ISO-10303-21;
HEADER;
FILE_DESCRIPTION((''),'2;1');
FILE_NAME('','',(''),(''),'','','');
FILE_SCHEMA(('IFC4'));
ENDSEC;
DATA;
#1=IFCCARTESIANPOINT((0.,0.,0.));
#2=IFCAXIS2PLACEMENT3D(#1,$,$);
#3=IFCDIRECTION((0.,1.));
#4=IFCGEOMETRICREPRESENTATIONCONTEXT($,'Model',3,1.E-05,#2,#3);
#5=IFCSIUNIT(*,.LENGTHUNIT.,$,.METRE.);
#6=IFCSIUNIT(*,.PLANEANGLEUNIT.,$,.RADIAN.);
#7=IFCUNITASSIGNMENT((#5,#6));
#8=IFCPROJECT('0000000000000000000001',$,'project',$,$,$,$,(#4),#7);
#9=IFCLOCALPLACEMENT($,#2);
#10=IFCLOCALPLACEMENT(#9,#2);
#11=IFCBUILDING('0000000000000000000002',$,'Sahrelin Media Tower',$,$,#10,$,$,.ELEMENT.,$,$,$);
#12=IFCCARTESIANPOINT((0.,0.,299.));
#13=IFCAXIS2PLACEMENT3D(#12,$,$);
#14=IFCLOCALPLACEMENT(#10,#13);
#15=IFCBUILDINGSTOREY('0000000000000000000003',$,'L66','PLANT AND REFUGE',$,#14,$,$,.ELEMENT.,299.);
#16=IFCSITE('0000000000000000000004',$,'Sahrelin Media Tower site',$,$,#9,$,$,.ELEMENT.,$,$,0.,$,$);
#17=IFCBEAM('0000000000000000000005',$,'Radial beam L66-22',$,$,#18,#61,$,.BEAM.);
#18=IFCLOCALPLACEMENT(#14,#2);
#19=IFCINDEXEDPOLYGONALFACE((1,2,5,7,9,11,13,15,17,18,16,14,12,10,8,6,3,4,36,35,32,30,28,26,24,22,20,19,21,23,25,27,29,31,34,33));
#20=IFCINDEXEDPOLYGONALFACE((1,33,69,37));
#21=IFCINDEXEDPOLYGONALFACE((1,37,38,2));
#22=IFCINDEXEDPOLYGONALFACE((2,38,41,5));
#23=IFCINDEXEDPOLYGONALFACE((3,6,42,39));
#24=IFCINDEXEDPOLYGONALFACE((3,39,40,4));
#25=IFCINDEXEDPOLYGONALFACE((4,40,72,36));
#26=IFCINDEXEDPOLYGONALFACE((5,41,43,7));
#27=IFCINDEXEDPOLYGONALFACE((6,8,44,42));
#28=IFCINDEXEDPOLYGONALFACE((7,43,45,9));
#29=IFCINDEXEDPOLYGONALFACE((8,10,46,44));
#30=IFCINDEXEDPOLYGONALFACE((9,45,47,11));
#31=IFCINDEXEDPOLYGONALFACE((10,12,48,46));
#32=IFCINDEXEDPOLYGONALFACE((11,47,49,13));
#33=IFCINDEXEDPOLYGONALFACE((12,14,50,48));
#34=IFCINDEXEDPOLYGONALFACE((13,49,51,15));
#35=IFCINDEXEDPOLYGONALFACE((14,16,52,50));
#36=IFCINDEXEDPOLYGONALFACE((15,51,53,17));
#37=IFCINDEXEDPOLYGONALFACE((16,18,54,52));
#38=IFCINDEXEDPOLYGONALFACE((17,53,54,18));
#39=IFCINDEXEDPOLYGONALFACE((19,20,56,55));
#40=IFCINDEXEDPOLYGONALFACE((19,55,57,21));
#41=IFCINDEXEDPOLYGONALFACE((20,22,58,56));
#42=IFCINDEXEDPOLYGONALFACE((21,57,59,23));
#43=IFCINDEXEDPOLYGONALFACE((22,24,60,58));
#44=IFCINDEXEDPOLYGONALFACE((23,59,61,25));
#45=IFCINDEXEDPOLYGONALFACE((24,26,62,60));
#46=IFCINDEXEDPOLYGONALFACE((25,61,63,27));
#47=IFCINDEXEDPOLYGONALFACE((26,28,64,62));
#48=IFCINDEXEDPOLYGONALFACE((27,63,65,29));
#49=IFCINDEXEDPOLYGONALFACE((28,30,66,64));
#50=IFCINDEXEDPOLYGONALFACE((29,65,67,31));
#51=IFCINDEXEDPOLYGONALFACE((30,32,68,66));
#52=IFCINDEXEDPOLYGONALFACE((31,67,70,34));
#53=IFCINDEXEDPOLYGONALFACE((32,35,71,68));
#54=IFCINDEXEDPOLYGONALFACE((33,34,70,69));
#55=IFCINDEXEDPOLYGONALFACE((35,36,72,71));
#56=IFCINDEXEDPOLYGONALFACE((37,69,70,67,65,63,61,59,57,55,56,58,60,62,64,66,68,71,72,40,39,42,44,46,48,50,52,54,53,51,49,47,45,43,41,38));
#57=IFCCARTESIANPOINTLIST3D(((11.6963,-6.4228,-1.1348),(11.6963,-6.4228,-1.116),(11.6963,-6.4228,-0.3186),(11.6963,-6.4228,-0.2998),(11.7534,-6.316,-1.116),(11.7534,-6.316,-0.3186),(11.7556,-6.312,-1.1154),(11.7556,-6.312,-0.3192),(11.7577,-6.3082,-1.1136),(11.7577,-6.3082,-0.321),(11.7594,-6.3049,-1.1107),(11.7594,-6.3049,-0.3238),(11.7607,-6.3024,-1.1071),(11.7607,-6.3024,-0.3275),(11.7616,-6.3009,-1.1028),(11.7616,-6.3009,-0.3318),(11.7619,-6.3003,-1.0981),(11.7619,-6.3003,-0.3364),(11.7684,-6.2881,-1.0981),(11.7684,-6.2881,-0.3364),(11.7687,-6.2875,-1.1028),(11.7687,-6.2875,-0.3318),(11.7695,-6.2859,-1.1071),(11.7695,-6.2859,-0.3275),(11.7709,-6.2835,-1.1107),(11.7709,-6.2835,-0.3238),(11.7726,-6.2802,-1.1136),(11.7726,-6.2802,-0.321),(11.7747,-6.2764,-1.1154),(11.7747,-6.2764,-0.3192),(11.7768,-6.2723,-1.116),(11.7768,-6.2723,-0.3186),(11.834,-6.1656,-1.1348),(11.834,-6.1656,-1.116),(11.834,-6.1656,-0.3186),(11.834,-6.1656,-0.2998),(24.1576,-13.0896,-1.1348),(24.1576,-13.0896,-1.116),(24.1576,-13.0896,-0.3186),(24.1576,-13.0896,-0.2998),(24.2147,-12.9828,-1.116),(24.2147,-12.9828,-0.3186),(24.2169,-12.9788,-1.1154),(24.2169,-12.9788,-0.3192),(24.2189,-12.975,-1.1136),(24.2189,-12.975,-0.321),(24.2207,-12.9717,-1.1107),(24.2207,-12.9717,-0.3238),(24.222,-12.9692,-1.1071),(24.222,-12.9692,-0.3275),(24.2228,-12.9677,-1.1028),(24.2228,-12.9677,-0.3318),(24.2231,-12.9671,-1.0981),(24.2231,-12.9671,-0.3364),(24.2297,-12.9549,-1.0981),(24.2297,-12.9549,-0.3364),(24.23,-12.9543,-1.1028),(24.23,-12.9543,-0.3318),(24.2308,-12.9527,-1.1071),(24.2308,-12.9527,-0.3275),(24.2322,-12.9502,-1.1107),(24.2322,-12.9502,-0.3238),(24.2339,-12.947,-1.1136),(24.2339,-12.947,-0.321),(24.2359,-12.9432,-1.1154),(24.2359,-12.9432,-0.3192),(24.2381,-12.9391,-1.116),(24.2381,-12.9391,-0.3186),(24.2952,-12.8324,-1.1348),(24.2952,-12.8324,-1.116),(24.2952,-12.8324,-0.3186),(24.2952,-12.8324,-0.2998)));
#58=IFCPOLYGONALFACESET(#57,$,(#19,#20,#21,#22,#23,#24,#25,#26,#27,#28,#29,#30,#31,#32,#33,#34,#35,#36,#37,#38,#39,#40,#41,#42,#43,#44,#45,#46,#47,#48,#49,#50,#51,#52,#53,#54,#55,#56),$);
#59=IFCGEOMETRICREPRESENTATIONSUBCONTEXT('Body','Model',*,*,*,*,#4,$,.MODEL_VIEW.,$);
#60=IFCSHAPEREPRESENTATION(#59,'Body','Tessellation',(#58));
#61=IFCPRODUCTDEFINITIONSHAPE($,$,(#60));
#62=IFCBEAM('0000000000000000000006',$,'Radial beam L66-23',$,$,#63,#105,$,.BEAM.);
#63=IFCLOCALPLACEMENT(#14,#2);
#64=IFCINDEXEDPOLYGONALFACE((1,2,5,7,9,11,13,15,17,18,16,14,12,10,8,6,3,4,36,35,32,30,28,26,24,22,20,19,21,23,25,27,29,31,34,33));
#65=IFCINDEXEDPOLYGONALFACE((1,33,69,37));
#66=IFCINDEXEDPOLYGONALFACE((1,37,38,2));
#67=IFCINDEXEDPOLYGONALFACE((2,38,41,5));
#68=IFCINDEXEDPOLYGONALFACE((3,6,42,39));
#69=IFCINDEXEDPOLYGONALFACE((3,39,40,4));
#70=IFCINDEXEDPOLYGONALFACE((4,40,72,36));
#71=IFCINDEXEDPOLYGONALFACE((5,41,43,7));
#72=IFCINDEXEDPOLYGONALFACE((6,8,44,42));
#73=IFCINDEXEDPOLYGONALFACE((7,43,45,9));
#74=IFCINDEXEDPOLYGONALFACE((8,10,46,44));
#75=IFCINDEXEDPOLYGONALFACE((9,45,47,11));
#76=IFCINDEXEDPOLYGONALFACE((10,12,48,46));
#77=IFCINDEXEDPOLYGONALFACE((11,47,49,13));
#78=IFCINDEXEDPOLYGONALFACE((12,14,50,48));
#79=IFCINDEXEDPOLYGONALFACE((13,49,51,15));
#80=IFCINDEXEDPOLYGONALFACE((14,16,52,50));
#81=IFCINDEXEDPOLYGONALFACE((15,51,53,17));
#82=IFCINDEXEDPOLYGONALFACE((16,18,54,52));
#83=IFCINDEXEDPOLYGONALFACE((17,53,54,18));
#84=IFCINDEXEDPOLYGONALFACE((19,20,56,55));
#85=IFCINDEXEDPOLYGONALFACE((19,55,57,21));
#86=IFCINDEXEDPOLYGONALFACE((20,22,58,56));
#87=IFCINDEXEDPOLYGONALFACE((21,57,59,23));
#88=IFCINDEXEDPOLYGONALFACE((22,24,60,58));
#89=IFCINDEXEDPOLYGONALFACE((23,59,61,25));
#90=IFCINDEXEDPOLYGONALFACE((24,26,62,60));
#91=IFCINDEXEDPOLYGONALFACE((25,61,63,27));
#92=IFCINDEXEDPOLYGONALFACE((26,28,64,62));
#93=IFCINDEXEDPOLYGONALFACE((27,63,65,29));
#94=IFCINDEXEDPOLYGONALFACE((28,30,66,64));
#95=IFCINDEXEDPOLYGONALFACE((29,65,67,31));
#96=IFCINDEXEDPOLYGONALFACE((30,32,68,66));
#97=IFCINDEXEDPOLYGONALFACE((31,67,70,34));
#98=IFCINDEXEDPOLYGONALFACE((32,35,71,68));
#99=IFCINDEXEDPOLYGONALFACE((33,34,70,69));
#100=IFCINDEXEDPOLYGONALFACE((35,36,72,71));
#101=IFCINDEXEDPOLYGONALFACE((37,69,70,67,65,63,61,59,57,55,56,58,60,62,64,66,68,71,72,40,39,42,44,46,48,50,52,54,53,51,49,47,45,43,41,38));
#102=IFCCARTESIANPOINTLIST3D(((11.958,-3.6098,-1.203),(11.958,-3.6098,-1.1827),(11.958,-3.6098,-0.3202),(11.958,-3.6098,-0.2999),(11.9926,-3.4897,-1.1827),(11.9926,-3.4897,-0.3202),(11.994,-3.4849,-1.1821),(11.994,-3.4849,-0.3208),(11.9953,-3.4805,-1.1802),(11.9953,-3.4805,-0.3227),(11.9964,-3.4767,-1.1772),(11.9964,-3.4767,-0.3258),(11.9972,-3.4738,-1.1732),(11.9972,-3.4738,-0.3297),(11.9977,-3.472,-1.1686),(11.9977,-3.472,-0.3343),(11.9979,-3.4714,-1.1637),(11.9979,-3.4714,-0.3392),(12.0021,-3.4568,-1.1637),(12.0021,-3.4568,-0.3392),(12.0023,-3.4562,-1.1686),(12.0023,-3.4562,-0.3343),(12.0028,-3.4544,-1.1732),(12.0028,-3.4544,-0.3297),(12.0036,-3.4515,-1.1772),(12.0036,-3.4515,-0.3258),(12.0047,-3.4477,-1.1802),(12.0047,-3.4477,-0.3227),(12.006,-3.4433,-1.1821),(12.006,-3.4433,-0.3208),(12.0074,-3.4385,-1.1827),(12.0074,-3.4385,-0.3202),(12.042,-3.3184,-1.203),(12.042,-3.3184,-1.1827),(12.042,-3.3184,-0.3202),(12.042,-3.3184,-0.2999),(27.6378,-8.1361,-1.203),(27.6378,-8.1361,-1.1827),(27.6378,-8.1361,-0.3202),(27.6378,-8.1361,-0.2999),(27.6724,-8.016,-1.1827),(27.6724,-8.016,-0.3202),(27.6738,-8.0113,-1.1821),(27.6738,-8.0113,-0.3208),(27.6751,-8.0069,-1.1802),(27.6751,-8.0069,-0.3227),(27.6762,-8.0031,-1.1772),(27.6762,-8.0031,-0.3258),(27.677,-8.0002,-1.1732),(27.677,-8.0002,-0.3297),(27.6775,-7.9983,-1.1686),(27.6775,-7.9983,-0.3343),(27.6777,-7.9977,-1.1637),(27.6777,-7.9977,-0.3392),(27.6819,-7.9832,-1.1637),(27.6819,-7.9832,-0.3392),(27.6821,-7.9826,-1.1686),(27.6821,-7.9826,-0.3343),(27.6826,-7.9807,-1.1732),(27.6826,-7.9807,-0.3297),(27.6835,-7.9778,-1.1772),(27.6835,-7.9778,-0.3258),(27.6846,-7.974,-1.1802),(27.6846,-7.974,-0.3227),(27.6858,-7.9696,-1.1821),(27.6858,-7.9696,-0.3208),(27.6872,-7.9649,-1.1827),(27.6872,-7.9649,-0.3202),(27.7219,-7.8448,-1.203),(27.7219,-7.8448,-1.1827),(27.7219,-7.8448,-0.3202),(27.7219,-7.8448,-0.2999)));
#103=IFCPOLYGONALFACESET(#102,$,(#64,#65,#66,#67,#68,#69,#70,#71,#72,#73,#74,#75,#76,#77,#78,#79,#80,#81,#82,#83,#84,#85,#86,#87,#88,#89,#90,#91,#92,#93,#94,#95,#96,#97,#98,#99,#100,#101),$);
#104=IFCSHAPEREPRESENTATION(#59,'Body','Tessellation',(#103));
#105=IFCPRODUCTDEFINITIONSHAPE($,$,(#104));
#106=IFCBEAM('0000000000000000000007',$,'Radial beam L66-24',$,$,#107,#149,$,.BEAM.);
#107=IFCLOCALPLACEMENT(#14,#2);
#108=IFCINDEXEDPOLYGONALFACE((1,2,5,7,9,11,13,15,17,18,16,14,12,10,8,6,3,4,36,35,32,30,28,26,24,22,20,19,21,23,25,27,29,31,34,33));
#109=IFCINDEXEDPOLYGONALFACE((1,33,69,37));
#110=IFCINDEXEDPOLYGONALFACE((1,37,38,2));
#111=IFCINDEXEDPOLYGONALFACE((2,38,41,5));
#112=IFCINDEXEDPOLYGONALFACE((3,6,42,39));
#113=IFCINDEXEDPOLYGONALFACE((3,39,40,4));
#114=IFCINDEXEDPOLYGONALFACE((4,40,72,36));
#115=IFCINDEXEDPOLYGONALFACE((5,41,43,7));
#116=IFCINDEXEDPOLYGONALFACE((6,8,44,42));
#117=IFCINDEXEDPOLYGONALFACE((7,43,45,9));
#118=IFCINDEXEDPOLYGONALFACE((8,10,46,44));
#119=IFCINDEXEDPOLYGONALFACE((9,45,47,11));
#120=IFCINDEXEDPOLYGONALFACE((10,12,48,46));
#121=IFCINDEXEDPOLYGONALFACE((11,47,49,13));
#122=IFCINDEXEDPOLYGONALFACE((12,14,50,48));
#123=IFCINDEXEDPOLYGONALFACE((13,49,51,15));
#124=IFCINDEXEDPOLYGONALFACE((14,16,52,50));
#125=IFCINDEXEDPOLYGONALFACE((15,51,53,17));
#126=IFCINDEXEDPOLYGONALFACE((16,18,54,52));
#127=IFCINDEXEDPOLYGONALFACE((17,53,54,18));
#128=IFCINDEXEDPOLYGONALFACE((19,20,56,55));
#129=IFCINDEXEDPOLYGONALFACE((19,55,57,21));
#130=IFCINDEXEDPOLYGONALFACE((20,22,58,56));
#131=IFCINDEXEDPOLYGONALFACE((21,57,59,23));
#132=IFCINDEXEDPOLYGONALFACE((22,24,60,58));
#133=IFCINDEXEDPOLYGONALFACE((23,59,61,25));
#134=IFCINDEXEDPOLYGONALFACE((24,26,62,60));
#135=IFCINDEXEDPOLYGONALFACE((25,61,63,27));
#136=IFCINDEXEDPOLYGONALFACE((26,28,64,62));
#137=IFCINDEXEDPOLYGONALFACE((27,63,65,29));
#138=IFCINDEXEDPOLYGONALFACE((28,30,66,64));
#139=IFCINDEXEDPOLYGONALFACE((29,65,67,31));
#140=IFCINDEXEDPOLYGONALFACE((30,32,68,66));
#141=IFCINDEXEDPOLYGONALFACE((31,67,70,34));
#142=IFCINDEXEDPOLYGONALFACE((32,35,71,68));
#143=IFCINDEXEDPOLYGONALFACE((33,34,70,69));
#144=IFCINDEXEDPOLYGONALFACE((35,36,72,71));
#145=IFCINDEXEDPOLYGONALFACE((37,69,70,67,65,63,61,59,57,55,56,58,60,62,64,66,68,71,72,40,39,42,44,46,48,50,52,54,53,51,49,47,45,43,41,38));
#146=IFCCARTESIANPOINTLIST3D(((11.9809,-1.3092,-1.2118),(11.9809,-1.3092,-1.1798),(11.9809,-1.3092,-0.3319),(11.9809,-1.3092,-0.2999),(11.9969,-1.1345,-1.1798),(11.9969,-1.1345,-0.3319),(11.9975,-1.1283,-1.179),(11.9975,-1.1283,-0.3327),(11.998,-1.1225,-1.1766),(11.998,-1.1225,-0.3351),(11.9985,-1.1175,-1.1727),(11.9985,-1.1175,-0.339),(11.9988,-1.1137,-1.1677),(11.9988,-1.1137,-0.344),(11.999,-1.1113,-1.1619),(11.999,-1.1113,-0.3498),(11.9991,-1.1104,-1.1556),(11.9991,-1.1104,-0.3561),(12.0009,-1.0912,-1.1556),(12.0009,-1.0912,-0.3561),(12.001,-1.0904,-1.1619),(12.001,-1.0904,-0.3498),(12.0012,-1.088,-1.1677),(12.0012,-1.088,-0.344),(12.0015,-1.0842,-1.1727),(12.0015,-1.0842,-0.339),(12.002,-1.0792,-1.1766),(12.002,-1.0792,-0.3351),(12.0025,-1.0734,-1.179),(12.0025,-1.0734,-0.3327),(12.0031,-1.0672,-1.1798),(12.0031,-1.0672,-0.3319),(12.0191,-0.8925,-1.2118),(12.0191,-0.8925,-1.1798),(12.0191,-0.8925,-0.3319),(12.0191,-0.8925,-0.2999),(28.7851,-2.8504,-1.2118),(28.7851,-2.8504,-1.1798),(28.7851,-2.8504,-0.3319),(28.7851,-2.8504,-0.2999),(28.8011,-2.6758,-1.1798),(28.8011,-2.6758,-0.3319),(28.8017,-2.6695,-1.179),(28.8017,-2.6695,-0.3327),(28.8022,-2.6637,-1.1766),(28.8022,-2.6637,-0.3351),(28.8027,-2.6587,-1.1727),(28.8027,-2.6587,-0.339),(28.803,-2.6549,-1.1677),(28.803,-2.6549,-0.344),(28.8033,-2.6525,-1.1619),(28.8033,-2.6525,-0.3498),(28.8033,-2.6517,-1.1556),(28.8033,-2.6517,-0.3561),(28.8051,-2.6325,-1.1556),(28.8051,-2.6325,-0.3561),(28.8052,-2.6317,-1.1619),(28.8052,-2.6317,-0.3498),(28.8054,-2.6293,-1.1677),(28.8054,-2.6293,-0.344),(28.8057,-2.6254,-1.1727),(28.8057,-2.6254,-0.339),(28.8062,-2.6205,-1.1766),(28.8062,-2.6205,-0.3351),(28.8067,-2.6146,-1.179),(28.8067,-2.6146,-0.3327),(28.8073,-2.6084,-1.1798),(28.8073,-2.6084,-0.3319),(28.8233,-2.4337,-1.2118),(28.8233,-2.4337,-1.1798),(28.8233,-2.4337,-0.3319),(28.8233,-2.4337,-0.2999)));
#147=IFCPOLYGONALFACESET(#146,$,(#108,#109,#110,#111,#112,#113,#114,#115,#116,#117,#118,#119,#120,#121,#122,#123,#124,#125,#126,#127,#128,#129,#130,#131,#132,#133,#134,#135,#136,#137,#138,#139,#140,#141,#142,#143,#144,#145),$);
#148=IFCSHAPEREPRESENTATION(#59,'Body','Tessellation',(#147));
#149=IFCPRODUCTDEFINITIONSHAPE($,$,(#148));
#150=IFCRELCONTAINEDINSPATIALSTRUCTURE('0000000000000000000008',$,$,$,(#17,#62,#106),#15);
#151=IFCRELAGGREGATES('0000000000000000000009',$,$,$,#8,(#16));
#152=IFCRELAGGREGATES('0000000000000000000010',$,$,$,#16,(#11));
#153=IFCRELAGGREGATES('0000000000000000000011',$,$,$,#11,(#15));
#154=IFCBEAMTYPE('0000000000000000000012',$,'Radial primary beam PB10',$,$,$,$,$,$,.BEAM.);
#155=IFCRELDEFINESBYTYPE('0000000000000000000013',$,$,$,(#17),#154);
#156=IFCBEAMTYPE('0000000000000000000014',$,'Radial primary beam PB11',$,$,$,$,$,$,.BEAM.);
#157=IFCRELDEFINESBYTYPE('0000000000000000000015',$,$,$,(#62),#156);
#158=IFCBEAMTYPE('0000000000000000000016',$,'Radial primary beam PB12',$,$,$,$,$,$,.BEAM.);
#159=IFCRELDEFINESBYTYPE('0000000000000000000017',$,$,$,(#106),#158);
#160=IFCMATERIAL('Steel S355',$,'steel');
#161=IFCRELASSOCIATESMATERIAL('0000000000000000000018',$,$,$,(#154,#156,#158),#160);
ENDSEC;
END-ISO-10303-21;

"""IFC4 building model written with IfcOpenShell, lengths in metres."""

from ifc_helpers import new_model, si_unit, direction, frame, origin, origin_2d, place, context, subcontext, project, spatial, i_section, extrude, material, material_profile, profile_set, type_object, element, save


model = new_model("IFC4")

# Units and contexts
model_context = context("Model", 3, precision=1e-05, world=origin(), true_north=direction((0.0, 1.0)))
body_context = subcontext(model_context, "Body", "Model", "MODEL_VIEW")
ifc_project = project(units=[si_unit("LENGTHUNIT", "METRE"), si_unit("PLANEANGLEUNIT", "RADIAN")], contexts=[model_context])

# Site, building, storey
site_placement = place(None, origin())
site = spatial("IfcSite", under=ifc_project, at=site_placement, Name="Sahrelin Media Tower site", CompositionType="ELEMENT", RefElevation=0.0)
building_placement = place(site_placement, origin())
building = spatial("IfcBuilding", under=site, at=building_placement, Name="Sahrelin Media Tower", CompositionType="ELEMENT")
storey_placement = place(building_placement, frame((0.0, 0.0, 299.0)))
storey = spatial("IfcBuildingStorey", under=building, at=storey_placement, Name="L66", Description="PLANT AND REFUGE", CompositionType="ELEMENT", Elevation=299.0)

# Beams
ifc_material_1 = material(Name="Steel S355", Category="steel")
ifc_material_profile_1 = material_profile(ifc_material_1, i_section(OverallWidth=0.2917, OverallDepth=0.835, WebThickness=0.0139, FlangeThickness=0.0188, FilletRadius=0.0178, at=origin_2d()), Name="UB 838x292x176")
ifc_profile_set_1 = profile_set([ifc_material_profile_1], Name="Steel S355")
beam_type_1 = type_object("IfcBeamType", Name="Radial primary beam PB10", PredefinedType="BEAM", material=ifc_profile_set_1)
beam_1_placement = place(storey_placement, frame((11.7651, -6.2942, -0.7173), z_axis=(0.881742, -0.471733, 0.0), x_axis=(0.471733, 0.881742, 0.0)))
element("IfcBeam", 1, at=beam_1_placement, inside=storey, type_object=beam_type_1, Name="Radial beam L66-22", PredefinedType="BEAM", context=body_context, shape_type="SweptSolid", body=[
    extrude(i_section(OverallWidth=0.2917, OverallDepth=0.835, WebThickness=0.0139, FlangeThickness=0.0188, FilletRadius=0.0178, at=origin_2d()), origin(), (0.0, 0.0, 1.0), 14.1326),
])
ifc_material_profile_2 = material_profile(ifc_material_1, i_section(OverallWidth=0.3032, OverallDepth=0.9031, WebThickness=0.0151, FlangeThickness=0.0203, FilletRadius=0.019, at=origin_2d()), Name="UB 914x305x201")
ifc_profile_set_2 = profile_set([ifc_material_profile_2], Name="Steel S355")
beam_type_2 = type_object("IfcBeamType", Name="Radial primary beam PB11", PredefinedType="BEAM", material=ifc_profile_set_2)
beam_2_placement = place(storey_placement, frame((12.0, -3.4641, -0.7515), z_axis=(0.96077, -0.277348, 0.0), x_axis=(0.277348, 0.96077, 0.0)))
element("IfcBeam", 2, at=beam_2_placement, inside=storey, type_object=beam_type_2, Name="Radial beam L66-23", PredefinedType="BEAM", context=body_context, shape_type="SweptSolid", body=[
    extrude(i_section(OverallWidth=0.3032, OverallDepth=0.9031, WebThickness=0.0151, FlangeThickness=0.0203, FilletRadius=0.019, at=origin_2d()), origin(), (0.0, 0.0, 1.0), 16.3201),
])
ifc_material_profile_3 = material_profile(ifc_material_1, i_section(OverallWidth=0.4185, OverallDepth=0.9119, WebThickness=0.0193, FlangeThickness=0.032, FilletRadius=0.0242, at=origin_2d()), Name="UB 914x419x343")
ifc_profile_set_3 = profile_set([ifc_material_profile_3], Name="Steel S355")
beam_type_3 = type_object("IfcBeamType", Name="Radial primary beam PB12", PredefinedType="BEAM", material=ifc_profile_set_3)
beam_3_placement = place(storey_placement, frame((12.0, -1.1008, -0.7559), z_axis=(0.99582, -0.091335, 0.0), x_axis=(0.091335, 0.99582, 0.0)))
element("IfcBeam", 3, at=beam_3_placement, inside=storey, type_object=beam_type_3, Name="Radial beam L66-24", PredefinedType="BEAM", context=body_context, shape_type="SweptSolid", body=[
    extrude(i_section(OverallWidth=0.4185, OverallDepth=0.9119, WebThickness=0.0193, FlangeThickness=0.032, FilletRadius=0.0242, at=origin_2d()), origin(), (0.0, 0.0, 1.0), 16.8748),
])

save(model, "model.ifc")
